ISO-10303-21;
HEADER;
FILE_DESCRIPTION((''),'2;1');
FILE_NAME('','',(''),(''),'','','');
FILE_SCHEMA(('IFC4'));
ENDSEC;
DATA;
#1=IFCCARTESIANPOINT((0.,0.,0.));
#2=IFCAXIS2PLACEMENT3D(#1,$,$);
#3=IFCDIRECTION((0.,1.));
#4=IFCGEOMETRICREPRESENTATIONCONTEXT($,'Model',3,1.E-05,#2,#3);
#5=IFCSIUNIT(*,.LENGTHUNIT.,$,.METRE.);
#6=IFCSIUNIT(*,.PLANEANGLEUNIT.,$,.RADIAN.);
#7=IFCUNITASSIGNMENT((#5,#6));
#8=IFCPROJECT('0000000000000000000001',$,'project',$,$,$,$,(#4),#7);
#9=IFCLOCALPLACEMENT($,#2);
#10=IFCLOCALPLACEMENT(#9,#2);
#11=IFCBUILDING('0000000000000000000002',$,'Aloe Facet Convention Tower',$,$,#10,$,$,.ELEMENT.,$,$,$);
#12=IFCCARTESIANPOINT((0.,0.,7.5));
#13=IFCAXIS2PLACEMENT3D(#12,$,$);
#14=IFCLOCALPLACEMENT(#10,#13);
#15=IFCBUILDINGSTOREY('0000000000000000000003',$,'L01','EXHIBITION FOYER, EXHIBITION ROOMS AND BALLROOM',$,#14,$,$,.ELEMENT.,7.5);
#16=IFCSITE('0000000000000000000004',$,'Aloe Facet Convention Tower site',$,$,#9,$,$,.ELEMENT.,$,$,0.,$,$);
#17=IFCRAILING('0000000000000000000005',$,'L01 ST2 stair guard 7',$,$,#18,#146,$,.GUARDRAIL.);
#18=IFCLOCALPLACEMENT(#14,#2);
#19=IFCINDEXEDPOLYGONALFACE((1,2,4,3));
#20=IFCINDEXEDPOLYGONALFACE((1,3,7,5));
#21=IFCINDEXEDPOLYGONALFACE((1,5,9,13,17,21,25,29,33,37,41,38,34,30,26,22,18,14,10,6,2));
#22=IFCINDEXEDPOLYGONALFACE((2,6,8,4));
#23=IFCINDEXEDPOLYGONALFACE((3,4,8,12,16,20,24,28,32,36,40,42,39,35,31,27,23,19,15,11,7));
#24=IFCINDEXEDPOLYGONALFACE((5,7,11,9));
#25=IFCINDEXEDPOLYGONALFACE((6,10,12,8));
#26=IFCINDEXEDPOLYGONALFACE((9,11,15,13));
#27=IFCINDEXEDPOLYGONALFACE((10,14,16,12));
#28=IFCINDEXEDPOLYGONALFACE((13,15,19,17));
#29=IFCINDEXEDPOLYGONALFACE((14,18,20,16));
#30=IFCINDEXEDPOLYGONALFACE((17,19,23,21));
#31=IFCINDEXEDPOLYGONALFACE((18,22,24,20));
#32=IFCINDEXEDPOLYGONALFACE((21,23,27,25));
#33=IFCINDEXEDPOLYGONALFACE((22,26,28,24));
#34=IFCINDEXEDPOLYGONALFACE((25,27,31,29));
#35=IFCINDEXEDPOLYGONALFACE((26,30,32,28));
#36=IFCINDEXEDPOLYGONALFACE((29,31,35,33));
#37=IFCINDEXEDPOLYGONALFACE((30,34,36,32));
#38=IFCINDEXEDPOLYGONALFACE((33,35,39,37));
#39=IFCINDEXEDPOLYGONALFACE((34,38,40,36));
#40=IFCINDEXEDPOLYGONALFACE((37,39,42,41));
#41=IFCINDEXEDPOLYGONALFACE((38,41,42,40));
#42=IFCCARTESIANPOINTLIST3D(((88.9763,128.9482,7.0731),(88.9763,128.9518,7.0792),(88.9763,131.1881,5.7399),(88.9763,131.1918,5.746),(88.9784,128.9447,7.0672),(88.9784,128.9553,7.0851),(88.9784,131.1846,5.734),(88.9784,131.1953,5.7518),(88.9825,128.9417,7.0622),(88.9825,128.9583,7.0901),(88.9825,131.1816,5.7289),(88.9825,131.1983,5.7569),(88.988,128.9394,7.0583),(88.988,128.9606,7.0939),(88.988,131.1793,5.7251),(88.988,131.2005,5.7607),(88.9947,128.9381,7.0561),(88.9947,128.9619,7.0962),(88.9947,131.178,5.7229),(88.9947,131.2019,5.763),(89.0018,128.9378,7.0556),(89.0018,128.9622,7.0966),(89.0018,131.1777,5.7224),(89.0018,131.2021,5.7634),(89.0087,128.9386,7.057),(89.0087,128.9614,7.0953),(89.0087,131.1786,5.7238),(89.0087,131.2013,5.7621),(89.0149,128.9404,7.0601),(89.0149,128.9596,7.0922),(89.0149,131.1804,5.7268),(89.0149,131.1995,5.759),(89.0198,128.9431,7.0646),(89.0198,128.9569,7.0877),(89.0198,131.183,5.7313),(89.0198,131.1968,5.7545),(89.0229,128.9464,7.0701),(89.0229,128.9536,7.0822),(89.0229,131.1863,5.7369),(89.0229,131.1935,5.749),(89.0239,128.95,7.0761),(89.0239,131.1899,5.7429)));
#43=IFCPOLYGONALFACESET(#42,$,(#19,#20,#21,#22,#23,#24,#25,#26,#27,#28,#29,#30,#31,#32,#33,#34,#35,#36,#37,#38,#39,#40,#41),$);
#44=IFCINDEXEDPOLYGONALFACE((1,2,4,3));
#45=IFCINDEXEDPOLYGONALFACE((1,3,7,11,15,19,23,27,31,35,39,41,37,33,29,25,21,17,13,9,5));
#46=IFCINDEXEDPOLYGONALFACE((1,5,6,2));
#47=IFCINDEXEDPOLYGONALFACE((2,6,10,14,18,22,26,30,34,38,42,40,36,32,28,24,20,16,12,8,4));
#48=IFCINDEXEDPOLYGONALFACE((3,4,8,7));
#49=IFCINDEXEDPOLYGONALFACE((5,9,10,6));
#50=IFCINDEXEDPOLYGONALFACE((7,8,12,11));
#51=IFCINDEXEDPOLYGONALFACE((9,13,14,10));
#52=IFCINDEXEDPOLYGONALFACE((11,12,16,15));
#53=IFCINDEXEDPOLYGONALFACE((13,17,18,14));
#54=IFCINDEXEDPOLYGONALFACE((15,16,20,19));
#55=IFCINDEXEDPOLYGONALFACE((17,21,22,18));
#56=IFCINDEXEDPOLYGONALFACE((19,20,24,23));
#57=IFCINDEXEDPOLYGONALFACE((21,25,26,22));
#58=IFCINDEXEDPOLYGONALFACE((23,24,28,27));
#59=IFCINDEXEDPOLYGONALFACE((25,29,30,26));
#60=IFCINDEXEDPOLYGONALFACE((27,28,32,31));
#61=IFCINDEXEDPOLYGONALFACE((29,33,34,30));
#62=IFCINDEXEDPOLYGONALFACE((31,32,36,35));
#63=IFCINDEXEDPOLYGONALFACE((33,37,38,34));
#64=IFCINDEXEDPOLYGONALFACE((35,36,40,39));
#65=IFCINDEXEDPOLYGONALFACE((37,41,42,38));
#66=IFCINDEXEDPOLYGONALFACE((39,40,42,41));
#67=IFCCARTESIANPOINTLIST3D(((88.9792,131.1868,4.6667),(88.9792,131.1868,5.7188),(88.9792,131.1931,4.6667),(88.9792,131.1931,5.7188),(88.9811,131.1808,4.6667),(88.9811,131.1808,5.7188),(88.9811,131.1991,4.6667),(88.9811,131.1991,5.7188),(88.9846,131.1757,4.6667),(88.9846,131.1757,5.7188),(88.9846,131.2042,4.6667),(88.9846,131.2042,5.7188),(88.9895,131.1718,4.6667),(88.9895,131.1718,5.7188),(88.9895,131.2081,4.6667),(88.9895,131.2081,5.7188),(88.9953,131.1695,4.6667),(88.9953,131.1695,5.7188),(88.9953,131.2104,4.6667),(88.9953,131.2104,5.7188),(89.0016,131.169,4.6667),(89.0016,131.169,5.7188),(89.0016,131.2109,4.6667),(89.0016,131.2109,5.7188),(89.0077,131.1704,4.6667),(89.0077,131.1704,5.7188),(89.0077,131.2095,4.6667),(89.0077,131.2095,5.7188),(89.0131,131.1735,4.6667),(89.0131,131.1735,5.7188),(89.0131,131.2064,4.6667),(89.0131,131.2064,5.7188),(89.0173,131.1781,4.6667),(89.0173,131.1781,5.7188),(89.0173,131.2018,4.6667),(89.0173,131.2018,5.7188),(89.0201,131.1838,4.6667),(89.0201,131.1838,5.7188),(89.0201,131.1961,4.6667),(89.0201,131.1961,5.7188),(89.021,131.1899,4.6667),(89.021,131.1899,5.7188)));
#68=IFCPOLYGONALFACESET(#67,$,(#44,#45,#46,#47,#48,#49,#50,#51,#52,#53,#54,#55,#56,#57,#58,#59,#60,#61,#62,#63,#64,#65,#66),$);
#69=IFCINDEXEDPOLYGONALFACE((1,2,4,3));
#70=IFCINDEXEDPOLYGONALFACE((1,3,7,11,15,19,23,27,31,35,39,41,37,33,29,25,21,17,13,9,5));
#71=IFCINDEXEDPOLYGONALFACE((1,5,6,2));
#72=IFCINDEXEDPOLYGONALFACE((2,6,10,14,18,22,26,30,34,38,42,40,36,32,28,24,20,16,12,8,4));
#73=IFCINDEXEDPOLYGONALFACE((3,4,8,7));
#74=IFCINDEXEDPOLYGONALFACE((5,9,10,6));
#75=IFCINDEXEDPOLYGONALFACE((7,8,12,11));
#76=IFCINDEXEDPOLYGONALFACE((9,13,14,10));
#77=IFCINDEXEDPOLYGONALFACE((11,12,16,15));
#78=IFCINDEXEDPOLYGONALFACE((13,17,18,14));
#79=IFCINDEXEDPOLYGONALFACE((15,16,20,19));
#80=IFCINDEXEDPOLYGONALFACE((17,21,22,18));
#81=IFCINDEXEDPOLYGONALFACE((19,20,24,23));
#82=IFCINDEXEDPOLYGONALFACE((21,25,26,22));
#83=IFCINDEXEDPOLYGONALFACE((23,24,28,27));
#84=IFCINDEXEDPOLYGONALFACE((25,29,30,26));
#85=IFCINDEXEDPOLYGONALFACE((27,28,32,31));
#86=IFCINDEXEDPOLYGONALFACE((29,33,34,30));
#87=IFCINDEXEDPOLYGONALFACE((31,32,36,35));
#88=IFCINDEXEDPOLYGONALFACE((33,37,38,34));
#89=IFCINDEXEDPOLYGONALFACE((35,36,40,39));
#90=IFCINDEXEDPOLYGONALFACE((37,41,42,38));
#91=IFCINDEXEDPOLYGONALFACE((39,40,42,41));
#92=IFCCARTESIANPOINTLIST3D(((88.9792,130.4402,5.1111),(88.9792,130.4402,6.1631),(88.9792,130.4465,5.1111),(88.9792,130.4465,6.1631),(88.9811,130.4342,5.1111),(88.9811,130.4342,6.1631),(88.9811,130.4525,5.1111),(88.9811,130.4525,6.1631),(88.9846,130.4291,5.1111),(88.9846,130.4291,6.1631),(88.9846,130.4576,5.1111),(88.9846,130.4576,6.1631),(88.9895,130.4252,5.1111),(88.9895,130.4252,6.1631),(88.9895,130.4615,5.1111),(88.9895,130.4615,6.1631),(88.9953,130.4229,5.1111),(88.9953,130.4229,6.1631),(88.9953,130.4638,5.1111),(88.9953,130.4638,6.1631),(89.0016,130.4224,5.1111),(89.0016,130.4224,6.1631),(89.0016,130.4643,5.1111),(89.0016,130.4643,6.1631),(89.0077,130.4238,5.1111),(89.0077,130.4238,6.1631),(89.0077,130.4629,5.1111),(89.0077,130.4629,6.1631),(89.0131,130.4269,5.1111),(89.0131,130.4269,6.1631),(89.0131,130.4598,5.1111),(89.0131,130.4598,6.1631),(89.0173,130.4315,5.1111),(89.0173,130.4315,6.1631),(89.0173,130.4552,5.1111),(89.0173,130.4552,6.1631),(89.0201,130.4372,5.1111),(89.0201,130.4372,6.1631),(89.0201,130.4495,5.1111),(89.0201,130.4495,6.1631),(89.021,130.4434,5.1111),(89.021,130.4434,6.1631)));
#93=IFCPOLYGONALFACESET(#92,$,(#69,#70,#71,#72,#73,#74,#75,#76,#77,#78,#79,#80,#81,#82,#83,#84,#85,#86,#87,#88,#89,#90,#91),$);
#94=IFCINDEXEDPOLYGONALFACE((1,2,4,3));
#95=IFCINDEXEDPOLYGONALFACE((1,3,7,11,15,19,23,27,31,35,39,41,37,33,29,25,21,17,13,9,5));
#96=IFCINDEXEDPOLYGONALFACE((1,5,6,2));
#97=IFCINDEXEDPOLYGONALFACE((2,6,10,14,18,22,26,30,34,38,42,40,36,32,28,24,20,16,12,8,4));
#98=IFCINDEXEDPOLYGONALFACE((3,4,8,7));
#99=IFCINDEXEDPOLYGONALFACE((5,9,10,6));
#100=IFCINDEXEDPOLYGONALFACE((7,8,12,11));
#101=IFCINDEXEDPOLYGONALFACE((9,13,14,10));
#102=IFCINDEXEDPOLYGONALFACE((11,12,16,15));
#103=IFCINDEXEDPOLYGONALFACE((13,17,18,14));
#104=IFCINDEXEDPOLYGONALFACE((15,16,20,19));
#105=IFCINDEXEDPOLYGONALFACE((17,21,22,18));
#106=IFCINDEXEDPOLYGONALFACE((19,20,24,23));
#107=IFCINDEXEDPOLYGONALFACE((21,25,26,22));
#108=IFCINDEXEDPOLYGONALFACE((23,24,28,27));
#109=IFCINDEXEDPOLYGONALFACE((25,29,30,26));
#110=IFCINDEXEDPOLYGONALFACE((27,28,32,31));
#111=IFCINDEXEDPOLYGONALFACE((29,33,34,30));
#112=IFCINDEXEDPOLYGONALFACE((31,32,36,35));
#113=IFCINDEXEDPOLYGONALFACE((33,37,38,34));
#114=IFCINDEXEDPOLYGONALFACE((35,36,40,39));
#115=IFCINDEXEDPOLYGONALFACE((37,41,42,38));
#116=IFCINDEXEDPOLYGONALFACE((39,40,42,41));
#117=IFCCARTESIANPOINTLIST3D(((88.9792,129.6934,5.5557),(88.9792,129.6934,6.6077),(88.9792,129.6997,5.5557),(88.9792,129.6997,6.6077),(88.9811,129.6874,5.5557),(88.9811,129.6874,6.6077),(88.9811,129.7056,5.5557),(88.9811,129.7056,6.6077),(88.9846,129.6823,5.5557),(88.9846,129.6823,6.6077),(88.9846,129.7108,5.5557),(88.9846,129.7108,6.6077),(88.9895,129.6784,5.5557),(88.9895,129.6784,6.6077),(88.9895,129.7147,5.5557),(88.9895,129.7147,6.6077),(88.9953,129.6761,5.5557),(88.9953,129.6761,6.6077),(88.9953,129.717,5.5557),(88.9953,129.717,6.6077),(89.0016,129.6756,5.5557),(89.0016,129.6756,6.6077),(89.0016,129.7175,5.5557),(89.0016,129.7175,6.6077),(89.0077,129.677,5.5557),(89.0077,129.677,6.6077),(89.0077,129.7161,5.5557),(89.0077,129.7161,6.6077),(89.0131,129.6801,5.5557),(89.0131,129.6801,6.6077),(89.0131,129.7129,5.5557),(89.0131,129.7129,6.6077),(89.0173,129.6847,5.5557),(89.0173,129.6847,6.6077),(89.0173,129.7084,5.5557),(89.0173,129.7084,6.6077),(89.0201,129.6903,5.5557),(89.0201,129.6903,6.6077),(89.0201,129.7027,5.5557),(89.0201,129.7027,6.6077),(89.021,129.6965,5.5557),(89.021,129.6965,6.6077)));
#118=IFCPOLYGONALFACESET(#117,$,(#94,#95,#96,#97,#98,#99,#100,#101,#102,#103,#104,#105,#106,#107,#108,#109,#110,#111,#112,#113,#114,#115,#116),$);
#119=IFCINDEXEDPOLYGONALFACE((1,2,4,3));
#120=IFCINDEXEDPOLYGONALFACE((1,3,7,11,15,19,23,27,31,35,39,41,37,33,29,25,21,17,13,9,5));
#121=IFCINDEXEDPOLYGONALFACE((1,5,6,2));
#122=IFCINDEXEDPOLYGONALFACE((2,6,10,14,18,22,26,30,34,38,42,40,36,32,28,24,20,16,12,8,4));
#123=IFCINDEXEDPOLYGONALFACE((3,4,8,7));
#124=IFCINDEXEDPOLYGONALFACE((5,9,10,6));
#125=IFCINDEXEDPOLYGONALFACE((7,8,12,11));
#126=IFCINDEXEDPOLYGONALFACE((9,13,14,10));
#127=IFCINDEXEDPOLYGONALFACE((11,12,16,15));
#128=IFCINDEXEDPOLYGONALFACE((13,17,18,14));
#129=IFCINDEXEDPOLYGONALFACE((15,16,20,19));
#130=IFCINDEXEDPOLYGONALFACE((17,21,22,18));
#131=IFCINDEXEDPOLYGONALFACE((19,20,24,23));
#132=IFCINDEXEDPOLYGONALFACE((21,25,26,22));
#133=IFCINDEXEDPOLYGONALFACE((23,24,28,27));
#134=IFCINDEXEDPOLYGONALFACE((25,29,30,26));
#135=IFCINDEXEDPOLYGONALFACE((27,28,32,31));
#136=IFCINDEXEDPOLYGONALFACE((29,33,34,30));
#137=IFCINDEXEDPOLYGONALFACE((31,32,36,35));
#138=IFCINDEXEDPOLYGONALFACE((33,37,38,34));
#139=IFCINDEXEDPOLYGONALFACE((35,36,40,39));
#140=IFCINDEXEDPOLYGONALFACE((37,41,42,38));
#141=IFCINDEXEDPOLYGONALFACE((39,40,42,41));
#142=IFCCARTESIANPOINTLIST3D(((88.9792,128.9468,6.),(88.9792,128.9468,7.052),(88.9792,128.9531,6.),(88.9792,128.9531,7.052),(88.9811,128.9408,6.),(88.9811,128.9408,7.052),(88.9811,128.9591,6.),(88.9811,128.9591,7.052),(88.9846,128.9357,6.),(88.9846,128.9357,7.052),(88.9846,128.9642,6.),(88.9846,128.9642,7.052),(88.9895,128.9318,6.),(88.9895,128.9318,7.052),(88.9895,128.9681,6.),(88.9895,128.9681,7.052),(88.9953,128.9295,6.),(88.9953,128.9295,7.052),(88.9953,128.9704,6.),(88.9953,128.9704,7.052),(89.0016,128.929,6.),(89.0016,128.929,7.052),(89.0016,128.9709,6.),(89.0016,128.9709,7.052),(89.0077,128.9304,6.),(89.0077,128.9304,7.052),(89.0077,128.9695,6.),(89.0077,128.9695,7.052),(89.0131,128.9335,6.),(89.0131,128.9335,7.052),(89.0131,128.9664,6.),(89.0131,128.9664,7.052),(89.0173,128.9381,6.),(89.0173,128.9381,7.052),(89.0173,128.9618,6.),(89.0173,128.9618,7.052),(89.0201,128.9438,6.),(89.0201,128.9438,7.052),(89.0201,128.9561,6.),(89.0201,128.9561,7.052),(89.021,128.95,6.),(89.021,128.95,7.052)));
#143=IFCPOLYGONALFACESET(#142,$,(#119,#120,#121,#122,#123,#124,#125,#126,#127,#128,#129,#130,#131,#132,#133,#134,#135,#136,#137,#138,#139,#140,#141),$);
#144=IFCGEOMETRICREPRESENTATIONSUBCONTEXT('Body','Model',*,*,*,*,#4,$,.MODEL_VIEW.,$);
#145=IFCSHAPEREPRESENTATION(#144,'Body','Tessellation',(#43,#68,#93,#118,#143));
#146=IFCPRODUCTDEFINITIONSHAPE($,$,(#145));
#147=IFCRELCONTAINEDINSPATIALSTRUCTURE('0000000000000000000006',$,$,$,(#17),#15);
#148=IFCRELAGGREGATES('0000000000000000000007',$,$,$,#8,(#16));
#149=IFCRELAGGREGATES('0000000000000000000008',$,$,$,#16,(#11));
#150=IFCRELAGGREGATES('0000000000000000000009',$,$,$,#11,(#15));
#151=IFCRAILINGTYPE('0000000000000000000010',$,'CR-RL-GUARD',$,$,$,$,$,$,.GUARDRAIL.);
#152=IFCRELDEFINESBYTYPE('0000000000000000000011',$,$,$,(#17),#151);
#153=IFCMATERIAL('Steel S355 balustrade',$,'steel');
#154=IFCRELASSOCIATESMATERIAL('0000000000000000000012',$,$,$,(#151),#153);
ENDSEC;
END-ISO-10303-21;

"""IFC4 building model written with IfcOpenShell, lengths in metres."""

from ifc_helpers import new_model, si_unit, direction, frame, origin, origin_2d, place, context, subcontext, project, spatial, circle, extrude, material, type_object, element, save


model = new_model("IFC4")

# Units and contexts
model_context = context("Model", 3, precision=1e-05, world=origin(), true_north=direction((0.0, 1.0)))
body_context = subcontext(model_context, "Body", "Model", "MODEL_VIEW")
ifc_project = project(units=[si_unit("LENGTHUNIT", "METRE"), si_unit("PLANEANGLEUNIT", "RADIAN")], contexts=[model_context])

# Site, building, storey
site_placement = place(None, origin())
site = spatial("IfcSite", under=ifc_project, at=site_placement, Name="Aloe Facet Convention Tower site", CompositionType="ELEMENT", RefElevation=0.0)
building_placement = place(site_placement, origin())
building = spatial("IfcBuilding", under=site, at=building_placement, Name="Aloe Facet Convention Tower", CompositionType="ELEMENT")
storey_placement = place(building_placement, frame((0.0, 0.0, 7.5)))
storey = spatial("IfcBuildingStorey", under=building, at=storey_placement, Name="L01", Description="EXHIBITION FOYER, EXHIBITION ROOMS AND BALLROOM", CompositionType="ELEMENT", Elevation=7.5)

# Railing
ifc_material_1 = material(Name="Steel S355 balustrade", Category="steel")
railing_type_1 = type_object("IfcRailingType", Name="CR-RL-GUARD", PredefinedType="GUARDRAIL", material=ifc_material_1)
railing_1_placement = place(storey_placement, frame((89.0, 131.1899, 4.6667)))
element("IfcRailing", 1, at=railing_1_placement, inside=storey, type_object=railing_type_1, Name="L01 ST2 stair guard 7", PredefinedType="GUARDRAIL", context=body_context, shape_type="SweptSolid", body=[
    extrude(circle(Radius=0.0239, at=origin_2d()), frame((0.0, 0.0, 1.0762), z_axis=(0.0, -0.859306, 0.511462), x_axis=(1.0, 0.0, 0.0)), (0.0, 0.0, 1.0), 2.6067),
    extrude(circle(Radius=0.021, at=origin_2d()), origin(), (0.0, 0.0, 1.0), 1.052),
    extrude(circle(Radius=0.021, at=origin_2d()), frame((0.0, -0.7466, 0.4443)), (0.0, 0.0, 1.0), 1.052),
    extrude(circle(Radius=0.021, at=origin_2d()), frame((0.0, -1.4934, 0.8889)), (0.0, 0.0, 1.0), 1.052),
    extrude(circle(Radius=0.021, at=origin_2d()), frame((0.0, -2.24, 1.3333)), (0.0, 0.0, 1.0), 1.052),
])

save(model, "model.ifc")
